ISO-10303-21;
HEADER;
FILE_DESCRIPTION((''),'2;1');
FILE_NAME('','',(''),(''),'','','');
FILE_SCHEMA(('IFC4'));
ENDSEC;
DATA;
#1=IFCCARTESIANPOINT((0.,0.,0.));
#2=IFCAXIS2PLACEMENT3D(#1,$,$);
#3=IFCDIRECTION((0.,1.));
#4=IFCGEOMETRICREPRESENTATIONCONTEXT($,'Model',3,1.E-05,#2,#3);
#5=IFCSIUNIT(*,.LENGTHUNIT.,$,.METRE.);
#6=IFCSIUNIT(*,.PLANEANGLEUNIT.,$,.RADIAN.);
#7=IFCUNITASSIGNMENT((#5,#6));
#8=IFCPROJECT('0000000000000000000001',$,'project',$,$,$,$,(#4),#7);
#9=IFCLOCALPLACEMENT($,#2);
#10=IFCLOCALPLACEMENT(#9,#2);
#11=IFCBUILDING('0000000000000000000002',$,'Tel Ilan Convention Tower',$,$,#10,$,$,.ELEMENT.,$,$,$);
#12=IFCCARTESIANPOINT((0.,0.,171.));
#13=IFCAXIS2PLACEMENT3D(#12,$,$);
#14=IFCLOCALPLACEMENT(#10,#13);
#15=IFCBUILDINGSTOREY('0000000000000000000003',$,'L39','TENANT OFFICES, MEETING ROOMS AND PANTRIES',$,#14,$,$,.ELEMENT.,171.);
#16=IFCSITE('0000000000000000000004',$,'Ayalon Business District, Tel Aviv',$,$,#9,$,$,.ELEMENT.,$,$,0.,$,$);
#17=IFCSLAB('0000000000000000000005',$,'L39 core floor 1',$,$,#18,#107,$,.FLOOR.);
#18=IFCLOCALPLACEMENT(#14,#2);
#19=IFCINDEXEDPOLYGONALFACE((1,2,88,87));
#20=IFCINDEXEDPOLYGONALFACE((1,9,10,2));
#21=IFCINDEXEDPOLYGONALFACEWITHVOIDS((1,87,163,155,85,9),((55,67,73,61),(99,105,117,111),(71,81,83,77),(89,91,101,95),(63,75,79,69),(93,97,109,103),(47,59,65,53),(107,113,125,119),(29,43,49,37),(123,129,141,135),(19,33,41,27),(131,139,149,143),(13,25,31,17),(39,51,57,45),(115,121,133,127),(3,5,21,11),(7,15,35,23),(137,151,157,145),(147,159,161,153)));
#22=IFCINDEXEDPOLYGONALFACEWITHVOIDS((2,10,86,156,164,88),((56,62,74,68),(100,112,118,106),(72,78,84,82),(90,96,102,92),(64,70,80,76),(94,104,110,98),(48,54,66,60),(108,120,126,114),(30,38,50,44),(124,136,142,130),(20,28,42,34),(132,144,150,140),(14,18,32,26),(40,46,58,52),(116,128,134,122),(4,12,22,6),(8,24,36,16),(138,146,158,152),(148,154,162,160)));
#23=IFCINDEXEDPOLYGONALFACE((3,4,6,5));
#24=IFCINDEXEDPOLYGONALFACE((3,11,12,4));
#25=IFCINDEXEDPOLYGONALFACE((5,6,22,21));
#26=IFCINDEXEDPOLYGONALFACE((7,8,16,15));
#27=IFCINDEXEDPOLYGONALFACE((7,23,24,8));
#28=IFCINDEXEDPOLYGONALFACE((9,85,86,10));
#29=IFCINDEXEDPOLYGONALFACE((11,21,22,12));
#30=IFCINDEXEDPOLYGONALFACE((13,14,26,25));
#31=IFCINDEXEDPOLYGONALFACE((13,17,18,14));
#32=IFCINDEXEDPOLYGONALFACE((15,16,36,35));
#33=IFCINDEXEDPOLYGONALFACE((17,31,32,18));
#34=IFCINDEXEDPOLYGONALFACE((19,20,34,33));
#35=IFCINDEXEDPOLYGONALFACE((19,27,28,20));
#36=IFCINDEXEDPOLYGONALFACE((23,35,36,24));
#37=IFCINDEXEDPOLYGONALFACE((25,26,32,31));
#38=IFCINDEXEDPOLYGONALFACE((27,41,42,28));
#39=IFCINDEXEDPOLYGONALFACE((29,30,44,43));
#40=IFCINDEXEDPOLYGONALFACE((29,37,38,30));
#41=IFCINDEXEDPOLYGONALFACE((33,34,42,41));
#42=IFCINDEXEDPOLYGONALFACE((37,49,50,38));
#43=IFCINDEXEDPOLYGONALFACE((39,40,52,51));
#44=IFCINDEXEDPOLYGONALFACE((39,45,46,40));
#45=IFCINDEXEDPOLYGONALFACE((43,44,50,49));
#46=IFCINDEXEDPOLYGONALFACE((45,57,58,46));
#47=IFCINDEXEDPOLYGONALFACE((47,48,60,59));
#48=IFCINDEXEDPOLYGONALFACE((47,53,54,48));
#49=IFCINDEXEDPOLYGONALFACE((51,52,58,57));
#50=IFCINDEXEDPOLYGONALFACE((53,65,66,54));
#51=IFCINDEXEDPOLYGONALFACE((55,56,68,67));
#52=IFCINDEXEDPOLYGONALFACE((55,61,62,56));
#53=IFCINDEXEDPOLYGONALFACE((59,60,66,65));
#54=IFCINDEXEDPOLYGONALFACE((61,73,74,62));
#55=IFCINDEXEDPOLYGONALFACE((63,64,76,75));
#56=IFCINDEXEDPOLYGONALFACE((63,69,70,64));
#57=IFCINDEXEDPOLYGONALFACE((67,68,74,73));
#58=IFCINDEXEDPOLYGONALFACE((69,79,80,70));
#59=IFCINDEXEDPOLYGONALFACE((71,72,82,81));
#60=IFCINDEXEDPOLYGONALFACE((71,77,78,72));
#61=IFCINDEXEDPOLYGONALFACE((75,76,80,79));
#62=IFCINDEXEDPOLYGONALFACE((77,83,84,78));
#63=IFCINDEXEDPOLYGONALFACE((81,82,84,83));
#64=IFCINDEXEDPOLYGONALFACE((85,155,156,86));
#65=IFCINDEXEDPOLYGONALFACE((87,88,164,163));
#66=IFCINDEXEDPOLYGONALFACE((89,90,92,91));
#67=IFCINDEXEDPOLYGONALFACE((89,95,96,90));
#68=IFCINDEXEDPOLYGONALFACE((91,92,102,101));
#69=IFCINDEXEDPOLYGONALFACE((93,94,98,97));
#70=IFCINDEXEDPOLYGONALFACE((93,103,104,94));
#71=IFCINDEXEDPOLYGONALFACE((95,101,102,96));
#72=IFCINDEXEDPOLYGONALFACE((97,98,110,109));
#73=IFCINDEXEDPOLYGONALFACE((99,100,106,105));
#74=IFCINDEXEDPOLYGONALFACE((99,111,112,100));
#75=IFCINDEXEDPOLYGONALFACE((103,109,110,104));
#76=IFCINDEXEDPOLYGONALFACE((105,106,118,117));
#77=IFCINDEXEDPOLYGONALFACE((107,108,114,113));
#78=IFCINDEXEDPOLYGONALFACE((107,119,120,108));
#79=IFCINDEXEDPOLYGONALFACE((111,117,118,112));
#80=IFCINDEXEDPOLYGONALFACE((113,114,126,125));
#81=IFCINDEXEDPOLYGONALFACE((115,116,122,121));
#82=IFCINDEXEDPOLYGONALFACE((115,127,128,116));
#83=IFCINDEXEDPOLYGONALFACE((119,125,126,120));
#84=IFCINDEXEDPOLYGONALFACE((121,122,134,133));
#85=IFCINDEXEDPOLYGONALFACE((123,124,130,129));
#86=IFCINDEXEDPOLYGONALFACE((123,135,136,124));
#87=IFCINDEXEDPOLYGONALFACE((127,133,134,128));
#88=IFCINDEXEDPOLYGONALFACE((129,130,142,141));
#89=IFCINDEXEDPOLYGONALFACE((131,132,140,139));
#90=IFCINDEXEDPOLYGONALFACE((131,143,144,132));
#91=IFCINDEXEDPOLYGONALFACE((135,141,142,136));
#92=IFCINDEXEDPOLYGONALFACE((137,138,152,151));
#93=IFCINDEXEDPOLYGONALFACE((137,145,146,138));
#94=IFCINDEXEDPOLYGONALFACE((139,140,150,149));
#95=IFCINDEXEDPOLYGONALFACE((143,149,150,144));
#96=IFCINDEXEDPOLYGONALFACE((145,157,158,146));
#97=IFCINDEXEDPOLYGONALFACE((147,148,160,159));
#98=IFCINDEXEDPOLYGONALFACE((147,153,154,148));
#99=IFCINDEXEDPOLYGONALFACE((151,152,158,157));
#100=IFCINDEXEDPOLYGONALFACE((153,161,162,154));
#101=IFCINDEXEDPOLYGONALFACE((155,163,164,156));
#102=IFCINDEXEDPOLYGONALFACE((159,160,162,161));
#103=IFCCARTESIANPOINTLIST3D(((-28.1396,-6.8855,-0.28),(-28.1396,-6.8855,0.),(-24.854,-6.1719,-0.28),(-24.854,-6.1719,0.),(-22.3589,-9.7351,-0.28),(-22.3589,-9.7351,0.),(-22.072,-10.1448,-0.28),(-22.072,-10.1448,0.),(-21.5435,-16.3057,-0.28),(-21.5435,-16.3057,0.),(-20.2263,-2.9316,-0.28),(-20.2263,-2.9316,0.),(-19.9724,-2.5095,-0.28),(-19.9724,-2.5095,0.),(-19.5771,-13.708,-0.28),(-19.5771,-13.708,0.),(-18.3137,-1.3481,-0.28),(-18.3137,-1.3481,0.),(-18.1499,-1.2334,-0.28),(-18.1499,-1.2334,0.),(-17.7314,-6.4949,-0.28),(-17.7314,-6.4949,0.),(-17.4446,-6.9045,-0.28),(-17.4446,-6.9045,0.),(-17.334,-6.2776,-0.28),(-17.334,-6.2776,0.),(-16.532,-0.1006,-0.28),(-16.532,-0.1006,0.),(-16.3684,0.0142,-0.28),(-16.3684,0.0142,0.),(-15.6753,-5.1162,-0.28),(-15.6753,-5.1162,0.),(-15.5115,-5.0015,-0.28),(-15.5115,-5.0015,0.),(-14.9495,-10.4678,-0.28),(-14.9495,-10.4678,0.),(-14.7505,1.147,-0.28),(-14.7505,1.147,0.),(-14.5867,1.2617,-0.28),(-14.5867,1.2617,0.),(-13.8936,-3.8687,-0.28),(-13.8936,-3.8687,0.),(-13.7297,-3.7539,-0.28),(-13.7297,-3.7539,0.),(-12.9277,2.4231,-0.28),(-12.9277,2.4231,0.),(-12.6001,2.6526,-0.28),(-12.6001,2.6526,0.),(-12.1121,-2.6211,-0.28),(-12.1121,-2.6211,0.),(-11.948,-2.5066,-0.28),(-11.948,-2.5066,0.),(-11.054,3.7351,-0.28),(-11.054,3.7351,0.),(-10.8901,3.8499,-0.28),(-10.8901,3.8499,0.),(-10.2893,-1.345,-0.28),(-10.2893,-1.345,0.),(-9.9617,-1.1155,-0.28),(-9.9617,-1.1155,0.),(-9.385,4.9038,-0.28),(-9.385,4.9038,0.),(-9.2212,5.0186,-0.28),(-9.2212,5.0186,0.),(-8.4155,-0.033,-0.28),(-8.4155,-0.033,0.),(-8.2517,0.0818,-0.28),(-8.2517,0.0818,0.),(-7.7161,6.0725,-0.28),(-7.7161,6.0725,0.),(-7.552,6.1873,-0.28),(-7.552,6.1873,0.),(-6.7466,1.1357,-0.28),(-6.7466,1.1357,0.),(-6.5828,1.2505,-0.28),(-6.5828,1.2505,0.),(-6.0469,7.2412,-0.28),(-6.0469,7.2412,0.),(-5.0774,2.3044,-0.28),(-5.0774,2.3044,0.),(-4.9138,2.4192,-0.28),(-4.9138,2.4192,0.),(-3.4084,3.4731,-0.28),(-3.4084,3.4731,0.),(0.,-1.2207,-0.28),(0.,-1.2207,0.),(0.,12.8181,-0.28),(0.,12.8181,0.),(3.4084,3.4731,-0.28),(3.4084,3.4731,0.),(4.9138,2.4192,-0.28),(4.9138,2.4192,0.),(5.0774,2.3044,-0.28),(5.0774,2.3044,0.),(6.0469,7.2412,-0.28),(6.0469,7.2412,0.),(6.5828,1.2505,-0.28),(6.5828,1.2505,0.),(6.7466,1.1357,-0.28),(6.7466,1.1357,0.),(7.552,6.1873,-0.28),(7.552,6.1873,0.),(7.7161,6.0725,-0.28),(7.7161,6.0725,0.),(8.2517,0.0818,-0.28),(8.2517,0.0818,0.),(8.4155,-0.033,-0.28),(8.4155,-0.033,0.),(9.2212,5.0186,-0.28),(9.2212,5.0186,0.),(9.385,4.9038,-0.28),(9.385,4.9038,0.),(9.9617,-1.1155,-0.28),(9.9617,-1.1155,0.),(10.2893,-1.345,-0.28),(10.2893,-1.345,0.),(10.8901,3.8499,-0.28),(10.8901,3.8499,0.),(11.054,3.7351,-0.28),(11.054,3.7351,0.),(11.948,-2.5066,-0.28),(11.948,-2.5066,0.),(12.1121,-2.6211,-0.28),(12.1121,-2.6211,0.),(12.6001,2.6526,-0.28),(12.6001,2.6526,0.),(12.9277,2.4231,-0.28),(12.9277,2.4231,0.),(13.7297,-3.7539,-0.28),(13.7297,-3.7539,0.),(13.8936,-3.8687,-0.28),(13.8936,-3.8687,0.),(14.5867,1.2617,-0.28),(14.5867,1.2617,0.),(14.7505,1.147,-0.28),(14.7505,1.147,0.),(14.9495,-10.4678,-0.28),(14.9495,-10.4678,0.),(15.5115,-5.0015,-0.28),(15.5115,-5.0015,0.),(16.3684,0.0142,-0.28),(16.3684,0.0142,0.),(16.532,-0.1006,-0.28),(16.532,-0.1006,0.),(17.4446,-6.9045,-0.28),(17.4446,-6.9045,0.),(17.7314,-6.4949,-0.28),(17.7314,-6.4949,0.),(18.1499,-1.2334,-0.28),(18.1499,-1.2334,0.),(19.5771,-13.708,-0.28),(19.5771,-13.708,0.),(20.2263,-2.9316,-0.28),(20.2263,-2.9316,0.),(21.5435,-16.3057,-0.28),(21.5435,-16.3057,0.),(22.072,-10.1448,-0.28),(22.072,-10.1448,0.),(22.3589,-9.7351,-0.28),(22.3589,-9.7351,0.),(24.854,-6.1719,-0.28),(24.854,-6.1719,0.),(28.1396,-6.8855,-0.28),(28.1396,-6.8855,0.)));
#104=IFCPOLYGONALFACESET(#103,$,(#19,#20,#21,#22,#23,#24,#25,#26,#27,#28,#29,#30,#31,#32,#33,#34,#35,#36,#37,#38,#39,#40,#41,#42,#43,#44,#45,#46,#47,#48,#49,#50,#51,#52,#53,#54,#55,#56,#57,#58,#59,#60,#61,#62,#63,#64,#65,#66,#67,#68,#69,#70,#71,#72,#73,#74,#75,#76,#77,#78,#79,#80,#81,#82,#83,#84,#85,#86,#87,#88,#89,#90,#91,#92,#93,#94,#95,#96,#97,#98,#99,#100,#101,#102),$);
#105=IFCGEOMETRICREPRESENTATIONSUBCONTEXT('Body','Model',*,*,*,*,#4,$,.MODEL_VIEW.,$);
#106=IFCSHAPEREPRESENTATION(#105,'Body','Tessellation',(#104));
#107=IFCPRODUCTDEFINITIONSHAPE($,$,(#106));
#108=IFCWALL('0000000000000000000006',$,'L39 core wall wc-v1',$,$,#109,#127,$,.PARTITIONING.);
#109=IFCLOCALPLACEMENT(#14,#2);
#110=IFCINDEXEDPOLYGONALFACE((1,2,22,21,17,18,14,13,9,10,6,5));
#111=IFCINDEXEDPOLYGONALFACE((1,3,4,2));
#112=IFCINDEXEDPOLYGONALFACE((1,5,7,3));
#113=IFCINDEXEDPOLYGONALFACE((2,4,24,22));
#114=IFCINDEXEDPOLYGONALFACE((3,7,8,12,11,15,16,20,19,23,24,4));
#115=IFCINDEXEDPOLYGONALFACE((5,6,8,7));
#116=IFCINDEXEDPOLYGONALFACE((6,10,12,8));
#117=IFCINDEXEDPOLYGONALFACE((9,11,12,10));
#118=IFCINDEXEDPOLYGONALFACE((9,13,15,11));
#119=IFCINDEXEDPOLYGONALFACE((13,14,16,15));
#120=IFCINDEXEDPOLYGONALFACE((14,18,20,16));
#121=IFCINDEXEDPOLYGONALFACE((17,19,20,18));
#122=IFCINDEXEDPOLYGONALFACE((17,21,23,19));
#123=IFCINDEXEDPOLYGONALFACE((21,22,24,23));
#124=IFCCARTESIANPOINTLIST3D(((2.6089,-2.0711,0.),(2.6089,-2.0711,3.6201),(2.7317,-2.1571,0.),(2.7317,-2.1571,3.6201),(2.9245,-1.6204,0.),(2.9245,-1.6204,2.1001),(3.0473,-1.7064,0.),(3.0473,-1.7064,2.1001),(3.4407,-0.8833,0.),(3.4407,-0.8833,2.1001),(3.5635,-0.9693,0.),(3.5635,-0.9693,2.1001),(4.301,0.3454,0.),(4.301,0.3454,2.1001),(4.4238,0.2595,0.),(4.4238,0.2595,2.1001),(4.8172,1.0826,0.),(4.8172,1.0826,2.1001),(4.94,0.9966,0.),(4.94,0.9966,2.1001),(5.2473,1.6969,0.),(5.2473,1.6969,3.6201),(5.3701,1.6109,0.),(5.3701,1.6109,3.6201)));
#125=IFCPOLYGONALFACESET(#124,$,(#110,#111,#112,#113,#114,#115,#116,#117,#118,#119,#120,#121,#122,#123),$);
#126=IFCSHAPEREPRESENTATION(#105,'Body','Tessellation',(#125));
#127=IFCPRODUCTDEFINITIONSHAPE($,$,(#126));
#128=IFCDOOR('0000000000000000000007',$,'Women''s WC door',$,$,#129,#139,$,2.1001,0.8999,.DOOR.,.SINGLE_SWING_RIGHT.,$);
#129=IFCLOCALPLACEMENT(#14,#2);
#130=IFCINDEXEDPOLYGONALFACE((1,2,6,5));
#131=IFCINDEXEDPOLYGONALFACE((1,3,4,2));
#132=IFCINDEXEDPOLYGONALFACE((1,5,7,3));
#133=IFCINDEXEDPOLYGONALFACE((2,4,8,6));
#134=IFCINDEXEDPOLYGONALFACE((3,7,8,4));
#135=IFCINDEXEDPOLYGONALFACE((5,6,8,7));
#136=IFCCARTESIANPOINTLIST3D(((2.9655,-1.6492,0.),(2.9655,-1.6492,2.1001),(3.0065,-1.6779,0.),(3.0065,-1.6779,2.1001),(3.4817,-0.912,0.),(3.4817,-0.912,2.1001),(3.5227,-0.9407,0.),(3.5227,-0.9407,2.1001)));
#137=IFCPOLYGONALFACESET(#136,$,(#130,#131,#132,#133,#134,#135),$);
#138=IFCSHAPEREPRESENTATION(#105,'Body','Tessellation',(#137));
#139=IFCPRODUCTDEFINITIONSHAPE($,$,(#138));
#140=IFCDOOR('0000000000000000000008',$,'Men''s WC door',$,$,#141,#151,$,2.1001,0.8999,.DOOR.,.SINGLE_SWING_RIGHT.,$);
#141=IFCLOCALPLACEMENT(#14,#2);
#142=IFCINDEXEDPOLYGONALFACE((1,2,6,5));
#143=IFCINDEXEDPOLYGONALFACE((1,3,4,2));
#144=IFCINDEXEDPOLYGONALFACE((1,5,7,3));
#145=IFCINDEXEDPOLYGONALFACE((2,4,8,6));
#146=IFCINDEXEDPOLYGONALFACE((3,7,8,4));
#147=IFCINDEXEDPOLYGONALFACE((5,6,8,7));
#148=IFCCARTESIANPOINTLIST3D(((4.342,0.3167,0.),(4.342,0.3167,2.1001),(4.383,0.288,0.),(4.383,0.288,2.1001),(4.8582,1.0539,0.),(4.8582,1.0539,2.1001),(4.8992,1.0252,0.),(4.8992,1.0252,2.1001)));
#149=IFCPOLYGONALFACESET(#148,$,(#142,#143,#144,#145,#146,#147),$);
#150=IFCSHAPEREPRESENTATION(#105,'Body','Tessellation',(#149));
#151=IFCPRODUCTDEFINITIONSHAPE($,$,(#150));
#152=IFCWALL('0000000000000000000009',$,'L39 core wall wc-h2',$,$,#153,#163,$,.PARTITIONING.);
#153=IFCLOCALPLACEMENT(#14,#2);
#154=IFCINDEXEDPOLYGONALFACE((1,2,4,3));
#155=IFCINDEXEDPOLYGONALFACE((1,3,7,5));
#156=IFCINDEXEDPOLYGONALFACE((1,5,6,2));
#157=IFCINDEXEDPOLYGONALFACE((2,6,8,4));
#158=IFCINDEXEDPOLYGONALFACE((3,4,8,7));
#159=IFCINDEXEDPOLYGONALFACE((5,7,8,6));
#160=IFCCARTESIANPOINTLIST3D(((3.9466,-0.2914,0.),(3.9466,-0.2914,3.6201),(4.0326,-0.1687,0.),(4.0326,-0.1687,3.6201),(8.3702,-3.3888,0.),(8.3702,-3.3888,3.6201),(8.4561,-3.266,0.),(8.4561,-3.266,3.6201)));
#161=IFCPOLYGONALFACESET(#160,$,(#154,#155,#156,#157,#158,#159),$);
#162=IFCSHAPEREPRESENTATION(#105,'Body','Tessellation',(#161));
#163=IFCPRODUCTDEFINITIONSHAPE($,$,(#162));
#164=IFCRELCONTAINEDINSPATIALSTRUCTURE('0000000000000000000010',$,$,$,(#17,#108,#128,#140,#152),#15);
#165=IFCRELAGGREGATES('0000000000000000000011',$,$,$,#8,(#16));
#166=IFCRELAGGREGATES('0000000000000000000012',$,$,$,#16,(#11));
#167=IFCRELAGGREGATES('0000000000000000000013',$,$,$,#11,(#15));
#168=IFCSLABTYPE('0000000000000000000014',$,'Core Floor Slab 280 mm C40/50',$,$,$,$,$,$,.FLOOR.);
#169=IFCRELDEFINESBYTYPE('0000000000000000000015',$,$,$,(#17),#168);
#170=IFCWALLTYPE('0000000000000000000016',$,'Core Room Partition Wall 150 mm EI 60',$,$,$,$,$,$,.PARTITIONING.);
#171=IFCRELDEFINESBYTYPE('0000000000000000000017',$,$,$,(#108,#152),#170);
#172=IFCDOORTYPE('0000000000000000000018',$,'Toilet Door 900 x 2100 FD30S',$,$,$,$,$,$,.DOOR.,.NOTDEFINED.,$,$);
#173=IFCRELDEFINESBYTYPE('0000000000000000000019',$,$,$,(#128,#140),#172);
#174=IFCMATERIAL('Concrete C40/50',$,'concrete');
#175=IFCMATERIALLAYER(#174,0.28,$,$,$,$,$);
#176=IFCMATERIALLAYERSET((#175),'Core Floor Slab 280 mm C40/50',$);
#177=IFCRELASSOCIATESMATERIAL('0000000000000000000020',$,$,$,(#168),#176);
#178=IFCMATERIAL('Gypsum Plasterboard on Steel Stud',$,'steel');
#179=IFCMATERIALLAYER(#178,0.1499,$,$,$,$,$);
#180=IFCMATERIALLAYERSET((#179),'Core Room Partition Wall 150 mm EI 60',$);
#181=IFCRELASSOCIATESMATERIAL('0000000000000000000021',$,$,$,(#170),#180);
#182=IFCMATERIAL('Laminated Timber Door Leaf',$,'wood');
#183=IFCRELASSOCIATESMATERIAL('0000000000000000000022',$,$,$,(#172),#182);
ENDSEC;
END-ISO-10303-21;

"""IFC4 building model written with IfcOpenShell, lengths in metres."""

from ifc_helpers import new_model, si_unit, direction, frame, frame_2d, origin, place, context, subcontext, project, spatial, polyline, rectangle, outline, extrude, material, layer, layer_set, type_object, element, fill, save


model = new_model("IFC4")

# Units and contexts
model_context = context("Model", 3, precision=1e-05, world=origin(), true_north=direction((0.0, 1.0)))
body_context = subcontext(model_context, "Body", "Model", "MODEL_VIEW")
ifc_project = project(units=[si_unit("LENGTHUNIT", "METRE"), si_unit("PLANEANGLEUNIT", "RADIAN")], contexts=[model_context])

# Site, building, storey
site_placement = place(None, origin())
site = spatial("IfcSite", under=ifc_project, at=site_placement, Name="Ayalon Business District, Tel Aviv", CompositionType="ELEMENT", RefElevation=0.0)
building_placement = place(site_placement, origin())
building = spatial("IfcBuilding", under=site, at=building_placement, Name="Tel Ilan Convention Tower", CompositionType="ELEMENT")
storey_placement = place(building_placement, frame((0.0, 0.0, 171.0)))
storey = spatial("IfcBuildingStorey", under=building, at=storey_placement, Name="L39", Description="TENANT OFFICES, MEETING ROOMS AND PANTRIES", CompositionType="ELEMENT", Elevation=171.0)

# Slab
ifc_material_1 = material(Name="Concrete C40/50", Category="concrete")
ifc_layer_1 = layer(ifc_material_1, 0.28)
ifc_layer_set_1 = layer_set([ifc_layer_1], Name="Core Floor Slab 280 mm C40/50")
slab_type_1 = type_object("IfcSlabType", Name="Core Floor Slab 280 mm C40/50", PredefinedType="FLOOR", material=ifc_layer_set_1)
slab_1_placement = place(storey_placement, frame((0.0, 0.0, -0.28)))
element("IfcSlab", 1, at=slab_1_placement, inside=storey, type_object=slab_type_1, Name="L39 core floor 1", PredefinedType="FLOOR", context=body_context, shape_type="SweptSolid", body=[
    extrude(outline(polyline([(-28.1396, -6.8855), (0.0, 12.8181), (28.1396, -6.8855), (21.5435, -16.3057), (0.0, -1.2207), (-21.5435, -16.3057), (-28.1396, -6.8855)]), holes=[polyline([(-14.9495, -10.4678), (-17.4446, -6.9045), (-22.072, -10.1448), (-19.5771, -13.708), (-14.9495, -10.4678)]), polyline([(-17.7314, -6.4949), (-20.2263, -2.9316), (-24.854, -6.1719), (-22.3589, -9.7351), (-17.7314, -6.4949)]), polyline([(-18.3137, -1.3481), (-19.9724, -2.5095), (-17.334, -6.2776), (-15.6753, -5.1162), (-18.3137, -1.3481)]), polyline([(-16.532, -0.1006), (-18.1499, -1.2334), (-15.5115, -5.0015), (-13.8936, -3.8687), (-16.532, -0.1006)]), polyline([(-14.7505, 1.147), (-16.3684, 0.0142), (-13.7297, -3.7539), (-12.1121, -2.6211), (-14.7505, 1.147)]), polyline([(-12.9277, 2.4231), (-14.5867, 1.2617), (-11.948, -2.5066), (-10.2893, -1.345), (-12.9277, 2.4231)]), polyline([(-11.054, 3.7351), (-12.6001, 2.6526), (-9.9617, -1.1155), (-8.4155, -0.033), (-11.054, 3.7351)]), polyline([(-6.7466, 1.1357), (-9.385, 4.9038), (-10.8901, 3.8499), (-8.2517, 0.0818), (-6.7466, 1.1357)]), polyline([(-5.0774, 2.3044), (-7.7161, 6.0725), (-9.2212, 5.0186), (-6.5828, 1.2505), (-5.0774, 2.3044)]), polyline([(-6.0469, 7.2412), (-7.552, 6.1873), (-4.9138, 2.4192), (-3.4084, 3.4731), (-6.0469, 7.2412)]), polyline([(17.4446, -6.9045), (14.9495, -10.4678), (19.5771, -13.708), (22.072, -10.1448), (17.4446, -6.9045)]), polyline([(20.2263, -2.9316), (17.7314, -6.4949), (22.3589, -9.7351), (24.854, -6.1719), (20.2263, -2.9316)]), polyline([(13.8936, -3.8687), (15.5115, -5.0015), (18.1499, -1.2334), (16.532, -0.1006), (13.8936, -3.8687)]), polyline([(12.1121, -2.6211), (13.7297, -3.7539), (16.3684, 0.0142), (14.7505, 1.147), (12.1121, -2.6211)]), polyline([(11.948, -2.5066), (14.5867, 1.2617), (12.9277, 2.4231), (10.2893, -1.345), (11.948, -2.5066)]), polyline([(9.9617, -1.1155), (12.6001, 2.6526), (11.054, 3.7351), (8.4155, -0.033), (9.9617, -1.1155)]), polyline([(8.2517, 0.0818), (10.8901, 3.8499), (9.385, 4.9038), (6.7466, 1.1357), (8.2517, 0.0818)]), polyline([(5.0774, 2.3044), (6.5828, 1.2505), (9.2212, 5.0186), (7.7161, 6.0725), (5.0774, 2.3044)]), polyline([(3.4084, 3.4731), (4.9138, 2.4192), (7.552, 6.1873), (6.0469, 7.2412), (3.4084, 3.4731)])]), origin(), (0.0, 0.0, 1.0), 0.28),
])

# Wall, openings, doors
ifc_material_2 = material(Name="Gypsum Plasterboard on Steel Stud", Category="steel")
ifc_layer_2 = layer(ifc_material_2, 0.1499)
ifc_layer_set_2 = layer_set([ifc_layer_2], Name="Core Room Partition Wall 150 mm EI 60")
wall_type_1 = type_object("IfcWallType", Name="Core Room Partition Wall 150 mm EI 60", PredefinedType="PARTITIONING", material=ifc_layer_set_2)
wall_1_placement = place(storey_placement, frame((2.6704, -2.114, 0.0), z_axis=(0.0, 0.0, 1.0), x_axis=(0.573576, 0.819152, 0.0)))
wall_1 = element("IfcWall", 2, at=wall_1_placement, inside=storey, type_object=wall_type_1, Name="L39 core wall wc-v1", PredefinedType="PARTITIONING", context=body_context, shape_type="SweptSolid", body=[
    extrude(rectangle(XDim=4.5999, YDim=0.1499, at=frame_2d((2.2998, 0.0))), origin(), (0.0, 0.0, 1.0), 3.6201),
])
opening_1_placement = place(wall_1_placement, frame((0.55, 0.0, 0.0)))
opening_1 = element("IfcOpeningElement", 3, at=opening_1_placement, cuts=wall_1, PredefinedType="OPENING", context=body_context, shape_type="SweptSolid", body=[
    extrude(rectangle(XDim=0.8999, YDim=2.1001, at=frame_2d((0.45, 1.05))), frame((0.0, 0.085, 0.0), z_axis=(0.0, -1.0, 0.0), x_axis=(1.0, 0.0, 0.0)), (0.0, 0.0, 1.0), 0.1699),
])
opening_2_placement = place(wall_1_placement, frame((2.95, 0.0, 0.0)))
opening_2 = element("IfcOpeningElement", 4, at=opening_2_placement, cuts=wall_1, PredefinedType="OPENING", context=body_context, shape_type="SweptSolid", body=[
    extrude(rectangle(XDim=0.8999, YDim=2.1001, at=frame_2d((0.45, 1.05))), frame((0.0, 0.085, 0.0), z_axis=(0.0, -1.0, 0.0), x_axis=(1.0, 0.0, 0.0)), (0.0, 0.0, 1.0), 0.1699),
])
ifc_material_3 = material(Name="Laminated Timber Door Leaf", Category="wood")
door_type_1 = type_object("IfcDoorType", Name="Toilet Door 900 x 2100 FD30S", OperationType="NOTDEFINED", PredefinedType="DOOR", material=ifc_material_3)
door_1_placement = place(opening_1_placement, origin())
door_1 = element("IfcDoor", 5, at=door_1_placement, inside=storey, type_object=door_type_1, Name="Women's WC door", OperationType="SINGLE_SWING_RIGHT", OverallHeight=2.1001, OverallWidth=0.8999, PredefinedType="DOOR", context=body_context, shape_type="SweptSolid", body=[
    extrude(rectangle(XDim=0.8999, YDim=2.1001, at=frame_2d((0.45, 1.05))), frame((0.0, 0.0249, 0.0), z_axis=(0.0, -1.0, 0.0), x_axis=(1.0, 0.0, 0.0)), (0.0, 0.0, 1.0), 0.05),
])
fill(opening_1, door_1)
door_2_placement = place(opening_2_placement, origin())
door_2 = element("IfcDoor", 6, at=door_2_placement, inside=storey, type_object=door_type_1, Name="Men's WC door", OperationType="SINGLE_SWING_RIGHT", OverallHeight=2.1001, OverallWidth=0.8999, PredefinedType="DOOR", context=body_context, shape_type="SweptSolid", body=[
    extrude(rectangle(XDim=0.8999, YDim=2.1001, at=frame_2d((0.45, 1.05))), frame((0.0, 0.0249, 0.0), z_axis=(0.0, -1.0, 0.0), x_axis=(1.0, 0.0, 0.0)), (0.0, 0.0, 1.0), 0.05),
])
fill(opening_2, door_2)

# Wall
wall_2_placement = place(storey_placement, frame((3.9895, -0.23, 0.0), z_axis=(0.0, 0.0, 1.0), x_axis=(0.819153, -0.573575, 0.0)))
element("IfcWall", 7, at=wall_2_placement, inside=storey, type_object=wall_type_1, Name="L39 core wall wc-h2", PredefinedType="PARTITIONING", context=body_context, shape_type="SweptSolid", body=[
    extrude(rectangle(XDim=5.4001, YDim=0.1499, at=frame_2d((2.7002, 0.0))), origin(), (0.0, 0.0, 1.0), 3.6201),
])

save(model, "model.ifc")
